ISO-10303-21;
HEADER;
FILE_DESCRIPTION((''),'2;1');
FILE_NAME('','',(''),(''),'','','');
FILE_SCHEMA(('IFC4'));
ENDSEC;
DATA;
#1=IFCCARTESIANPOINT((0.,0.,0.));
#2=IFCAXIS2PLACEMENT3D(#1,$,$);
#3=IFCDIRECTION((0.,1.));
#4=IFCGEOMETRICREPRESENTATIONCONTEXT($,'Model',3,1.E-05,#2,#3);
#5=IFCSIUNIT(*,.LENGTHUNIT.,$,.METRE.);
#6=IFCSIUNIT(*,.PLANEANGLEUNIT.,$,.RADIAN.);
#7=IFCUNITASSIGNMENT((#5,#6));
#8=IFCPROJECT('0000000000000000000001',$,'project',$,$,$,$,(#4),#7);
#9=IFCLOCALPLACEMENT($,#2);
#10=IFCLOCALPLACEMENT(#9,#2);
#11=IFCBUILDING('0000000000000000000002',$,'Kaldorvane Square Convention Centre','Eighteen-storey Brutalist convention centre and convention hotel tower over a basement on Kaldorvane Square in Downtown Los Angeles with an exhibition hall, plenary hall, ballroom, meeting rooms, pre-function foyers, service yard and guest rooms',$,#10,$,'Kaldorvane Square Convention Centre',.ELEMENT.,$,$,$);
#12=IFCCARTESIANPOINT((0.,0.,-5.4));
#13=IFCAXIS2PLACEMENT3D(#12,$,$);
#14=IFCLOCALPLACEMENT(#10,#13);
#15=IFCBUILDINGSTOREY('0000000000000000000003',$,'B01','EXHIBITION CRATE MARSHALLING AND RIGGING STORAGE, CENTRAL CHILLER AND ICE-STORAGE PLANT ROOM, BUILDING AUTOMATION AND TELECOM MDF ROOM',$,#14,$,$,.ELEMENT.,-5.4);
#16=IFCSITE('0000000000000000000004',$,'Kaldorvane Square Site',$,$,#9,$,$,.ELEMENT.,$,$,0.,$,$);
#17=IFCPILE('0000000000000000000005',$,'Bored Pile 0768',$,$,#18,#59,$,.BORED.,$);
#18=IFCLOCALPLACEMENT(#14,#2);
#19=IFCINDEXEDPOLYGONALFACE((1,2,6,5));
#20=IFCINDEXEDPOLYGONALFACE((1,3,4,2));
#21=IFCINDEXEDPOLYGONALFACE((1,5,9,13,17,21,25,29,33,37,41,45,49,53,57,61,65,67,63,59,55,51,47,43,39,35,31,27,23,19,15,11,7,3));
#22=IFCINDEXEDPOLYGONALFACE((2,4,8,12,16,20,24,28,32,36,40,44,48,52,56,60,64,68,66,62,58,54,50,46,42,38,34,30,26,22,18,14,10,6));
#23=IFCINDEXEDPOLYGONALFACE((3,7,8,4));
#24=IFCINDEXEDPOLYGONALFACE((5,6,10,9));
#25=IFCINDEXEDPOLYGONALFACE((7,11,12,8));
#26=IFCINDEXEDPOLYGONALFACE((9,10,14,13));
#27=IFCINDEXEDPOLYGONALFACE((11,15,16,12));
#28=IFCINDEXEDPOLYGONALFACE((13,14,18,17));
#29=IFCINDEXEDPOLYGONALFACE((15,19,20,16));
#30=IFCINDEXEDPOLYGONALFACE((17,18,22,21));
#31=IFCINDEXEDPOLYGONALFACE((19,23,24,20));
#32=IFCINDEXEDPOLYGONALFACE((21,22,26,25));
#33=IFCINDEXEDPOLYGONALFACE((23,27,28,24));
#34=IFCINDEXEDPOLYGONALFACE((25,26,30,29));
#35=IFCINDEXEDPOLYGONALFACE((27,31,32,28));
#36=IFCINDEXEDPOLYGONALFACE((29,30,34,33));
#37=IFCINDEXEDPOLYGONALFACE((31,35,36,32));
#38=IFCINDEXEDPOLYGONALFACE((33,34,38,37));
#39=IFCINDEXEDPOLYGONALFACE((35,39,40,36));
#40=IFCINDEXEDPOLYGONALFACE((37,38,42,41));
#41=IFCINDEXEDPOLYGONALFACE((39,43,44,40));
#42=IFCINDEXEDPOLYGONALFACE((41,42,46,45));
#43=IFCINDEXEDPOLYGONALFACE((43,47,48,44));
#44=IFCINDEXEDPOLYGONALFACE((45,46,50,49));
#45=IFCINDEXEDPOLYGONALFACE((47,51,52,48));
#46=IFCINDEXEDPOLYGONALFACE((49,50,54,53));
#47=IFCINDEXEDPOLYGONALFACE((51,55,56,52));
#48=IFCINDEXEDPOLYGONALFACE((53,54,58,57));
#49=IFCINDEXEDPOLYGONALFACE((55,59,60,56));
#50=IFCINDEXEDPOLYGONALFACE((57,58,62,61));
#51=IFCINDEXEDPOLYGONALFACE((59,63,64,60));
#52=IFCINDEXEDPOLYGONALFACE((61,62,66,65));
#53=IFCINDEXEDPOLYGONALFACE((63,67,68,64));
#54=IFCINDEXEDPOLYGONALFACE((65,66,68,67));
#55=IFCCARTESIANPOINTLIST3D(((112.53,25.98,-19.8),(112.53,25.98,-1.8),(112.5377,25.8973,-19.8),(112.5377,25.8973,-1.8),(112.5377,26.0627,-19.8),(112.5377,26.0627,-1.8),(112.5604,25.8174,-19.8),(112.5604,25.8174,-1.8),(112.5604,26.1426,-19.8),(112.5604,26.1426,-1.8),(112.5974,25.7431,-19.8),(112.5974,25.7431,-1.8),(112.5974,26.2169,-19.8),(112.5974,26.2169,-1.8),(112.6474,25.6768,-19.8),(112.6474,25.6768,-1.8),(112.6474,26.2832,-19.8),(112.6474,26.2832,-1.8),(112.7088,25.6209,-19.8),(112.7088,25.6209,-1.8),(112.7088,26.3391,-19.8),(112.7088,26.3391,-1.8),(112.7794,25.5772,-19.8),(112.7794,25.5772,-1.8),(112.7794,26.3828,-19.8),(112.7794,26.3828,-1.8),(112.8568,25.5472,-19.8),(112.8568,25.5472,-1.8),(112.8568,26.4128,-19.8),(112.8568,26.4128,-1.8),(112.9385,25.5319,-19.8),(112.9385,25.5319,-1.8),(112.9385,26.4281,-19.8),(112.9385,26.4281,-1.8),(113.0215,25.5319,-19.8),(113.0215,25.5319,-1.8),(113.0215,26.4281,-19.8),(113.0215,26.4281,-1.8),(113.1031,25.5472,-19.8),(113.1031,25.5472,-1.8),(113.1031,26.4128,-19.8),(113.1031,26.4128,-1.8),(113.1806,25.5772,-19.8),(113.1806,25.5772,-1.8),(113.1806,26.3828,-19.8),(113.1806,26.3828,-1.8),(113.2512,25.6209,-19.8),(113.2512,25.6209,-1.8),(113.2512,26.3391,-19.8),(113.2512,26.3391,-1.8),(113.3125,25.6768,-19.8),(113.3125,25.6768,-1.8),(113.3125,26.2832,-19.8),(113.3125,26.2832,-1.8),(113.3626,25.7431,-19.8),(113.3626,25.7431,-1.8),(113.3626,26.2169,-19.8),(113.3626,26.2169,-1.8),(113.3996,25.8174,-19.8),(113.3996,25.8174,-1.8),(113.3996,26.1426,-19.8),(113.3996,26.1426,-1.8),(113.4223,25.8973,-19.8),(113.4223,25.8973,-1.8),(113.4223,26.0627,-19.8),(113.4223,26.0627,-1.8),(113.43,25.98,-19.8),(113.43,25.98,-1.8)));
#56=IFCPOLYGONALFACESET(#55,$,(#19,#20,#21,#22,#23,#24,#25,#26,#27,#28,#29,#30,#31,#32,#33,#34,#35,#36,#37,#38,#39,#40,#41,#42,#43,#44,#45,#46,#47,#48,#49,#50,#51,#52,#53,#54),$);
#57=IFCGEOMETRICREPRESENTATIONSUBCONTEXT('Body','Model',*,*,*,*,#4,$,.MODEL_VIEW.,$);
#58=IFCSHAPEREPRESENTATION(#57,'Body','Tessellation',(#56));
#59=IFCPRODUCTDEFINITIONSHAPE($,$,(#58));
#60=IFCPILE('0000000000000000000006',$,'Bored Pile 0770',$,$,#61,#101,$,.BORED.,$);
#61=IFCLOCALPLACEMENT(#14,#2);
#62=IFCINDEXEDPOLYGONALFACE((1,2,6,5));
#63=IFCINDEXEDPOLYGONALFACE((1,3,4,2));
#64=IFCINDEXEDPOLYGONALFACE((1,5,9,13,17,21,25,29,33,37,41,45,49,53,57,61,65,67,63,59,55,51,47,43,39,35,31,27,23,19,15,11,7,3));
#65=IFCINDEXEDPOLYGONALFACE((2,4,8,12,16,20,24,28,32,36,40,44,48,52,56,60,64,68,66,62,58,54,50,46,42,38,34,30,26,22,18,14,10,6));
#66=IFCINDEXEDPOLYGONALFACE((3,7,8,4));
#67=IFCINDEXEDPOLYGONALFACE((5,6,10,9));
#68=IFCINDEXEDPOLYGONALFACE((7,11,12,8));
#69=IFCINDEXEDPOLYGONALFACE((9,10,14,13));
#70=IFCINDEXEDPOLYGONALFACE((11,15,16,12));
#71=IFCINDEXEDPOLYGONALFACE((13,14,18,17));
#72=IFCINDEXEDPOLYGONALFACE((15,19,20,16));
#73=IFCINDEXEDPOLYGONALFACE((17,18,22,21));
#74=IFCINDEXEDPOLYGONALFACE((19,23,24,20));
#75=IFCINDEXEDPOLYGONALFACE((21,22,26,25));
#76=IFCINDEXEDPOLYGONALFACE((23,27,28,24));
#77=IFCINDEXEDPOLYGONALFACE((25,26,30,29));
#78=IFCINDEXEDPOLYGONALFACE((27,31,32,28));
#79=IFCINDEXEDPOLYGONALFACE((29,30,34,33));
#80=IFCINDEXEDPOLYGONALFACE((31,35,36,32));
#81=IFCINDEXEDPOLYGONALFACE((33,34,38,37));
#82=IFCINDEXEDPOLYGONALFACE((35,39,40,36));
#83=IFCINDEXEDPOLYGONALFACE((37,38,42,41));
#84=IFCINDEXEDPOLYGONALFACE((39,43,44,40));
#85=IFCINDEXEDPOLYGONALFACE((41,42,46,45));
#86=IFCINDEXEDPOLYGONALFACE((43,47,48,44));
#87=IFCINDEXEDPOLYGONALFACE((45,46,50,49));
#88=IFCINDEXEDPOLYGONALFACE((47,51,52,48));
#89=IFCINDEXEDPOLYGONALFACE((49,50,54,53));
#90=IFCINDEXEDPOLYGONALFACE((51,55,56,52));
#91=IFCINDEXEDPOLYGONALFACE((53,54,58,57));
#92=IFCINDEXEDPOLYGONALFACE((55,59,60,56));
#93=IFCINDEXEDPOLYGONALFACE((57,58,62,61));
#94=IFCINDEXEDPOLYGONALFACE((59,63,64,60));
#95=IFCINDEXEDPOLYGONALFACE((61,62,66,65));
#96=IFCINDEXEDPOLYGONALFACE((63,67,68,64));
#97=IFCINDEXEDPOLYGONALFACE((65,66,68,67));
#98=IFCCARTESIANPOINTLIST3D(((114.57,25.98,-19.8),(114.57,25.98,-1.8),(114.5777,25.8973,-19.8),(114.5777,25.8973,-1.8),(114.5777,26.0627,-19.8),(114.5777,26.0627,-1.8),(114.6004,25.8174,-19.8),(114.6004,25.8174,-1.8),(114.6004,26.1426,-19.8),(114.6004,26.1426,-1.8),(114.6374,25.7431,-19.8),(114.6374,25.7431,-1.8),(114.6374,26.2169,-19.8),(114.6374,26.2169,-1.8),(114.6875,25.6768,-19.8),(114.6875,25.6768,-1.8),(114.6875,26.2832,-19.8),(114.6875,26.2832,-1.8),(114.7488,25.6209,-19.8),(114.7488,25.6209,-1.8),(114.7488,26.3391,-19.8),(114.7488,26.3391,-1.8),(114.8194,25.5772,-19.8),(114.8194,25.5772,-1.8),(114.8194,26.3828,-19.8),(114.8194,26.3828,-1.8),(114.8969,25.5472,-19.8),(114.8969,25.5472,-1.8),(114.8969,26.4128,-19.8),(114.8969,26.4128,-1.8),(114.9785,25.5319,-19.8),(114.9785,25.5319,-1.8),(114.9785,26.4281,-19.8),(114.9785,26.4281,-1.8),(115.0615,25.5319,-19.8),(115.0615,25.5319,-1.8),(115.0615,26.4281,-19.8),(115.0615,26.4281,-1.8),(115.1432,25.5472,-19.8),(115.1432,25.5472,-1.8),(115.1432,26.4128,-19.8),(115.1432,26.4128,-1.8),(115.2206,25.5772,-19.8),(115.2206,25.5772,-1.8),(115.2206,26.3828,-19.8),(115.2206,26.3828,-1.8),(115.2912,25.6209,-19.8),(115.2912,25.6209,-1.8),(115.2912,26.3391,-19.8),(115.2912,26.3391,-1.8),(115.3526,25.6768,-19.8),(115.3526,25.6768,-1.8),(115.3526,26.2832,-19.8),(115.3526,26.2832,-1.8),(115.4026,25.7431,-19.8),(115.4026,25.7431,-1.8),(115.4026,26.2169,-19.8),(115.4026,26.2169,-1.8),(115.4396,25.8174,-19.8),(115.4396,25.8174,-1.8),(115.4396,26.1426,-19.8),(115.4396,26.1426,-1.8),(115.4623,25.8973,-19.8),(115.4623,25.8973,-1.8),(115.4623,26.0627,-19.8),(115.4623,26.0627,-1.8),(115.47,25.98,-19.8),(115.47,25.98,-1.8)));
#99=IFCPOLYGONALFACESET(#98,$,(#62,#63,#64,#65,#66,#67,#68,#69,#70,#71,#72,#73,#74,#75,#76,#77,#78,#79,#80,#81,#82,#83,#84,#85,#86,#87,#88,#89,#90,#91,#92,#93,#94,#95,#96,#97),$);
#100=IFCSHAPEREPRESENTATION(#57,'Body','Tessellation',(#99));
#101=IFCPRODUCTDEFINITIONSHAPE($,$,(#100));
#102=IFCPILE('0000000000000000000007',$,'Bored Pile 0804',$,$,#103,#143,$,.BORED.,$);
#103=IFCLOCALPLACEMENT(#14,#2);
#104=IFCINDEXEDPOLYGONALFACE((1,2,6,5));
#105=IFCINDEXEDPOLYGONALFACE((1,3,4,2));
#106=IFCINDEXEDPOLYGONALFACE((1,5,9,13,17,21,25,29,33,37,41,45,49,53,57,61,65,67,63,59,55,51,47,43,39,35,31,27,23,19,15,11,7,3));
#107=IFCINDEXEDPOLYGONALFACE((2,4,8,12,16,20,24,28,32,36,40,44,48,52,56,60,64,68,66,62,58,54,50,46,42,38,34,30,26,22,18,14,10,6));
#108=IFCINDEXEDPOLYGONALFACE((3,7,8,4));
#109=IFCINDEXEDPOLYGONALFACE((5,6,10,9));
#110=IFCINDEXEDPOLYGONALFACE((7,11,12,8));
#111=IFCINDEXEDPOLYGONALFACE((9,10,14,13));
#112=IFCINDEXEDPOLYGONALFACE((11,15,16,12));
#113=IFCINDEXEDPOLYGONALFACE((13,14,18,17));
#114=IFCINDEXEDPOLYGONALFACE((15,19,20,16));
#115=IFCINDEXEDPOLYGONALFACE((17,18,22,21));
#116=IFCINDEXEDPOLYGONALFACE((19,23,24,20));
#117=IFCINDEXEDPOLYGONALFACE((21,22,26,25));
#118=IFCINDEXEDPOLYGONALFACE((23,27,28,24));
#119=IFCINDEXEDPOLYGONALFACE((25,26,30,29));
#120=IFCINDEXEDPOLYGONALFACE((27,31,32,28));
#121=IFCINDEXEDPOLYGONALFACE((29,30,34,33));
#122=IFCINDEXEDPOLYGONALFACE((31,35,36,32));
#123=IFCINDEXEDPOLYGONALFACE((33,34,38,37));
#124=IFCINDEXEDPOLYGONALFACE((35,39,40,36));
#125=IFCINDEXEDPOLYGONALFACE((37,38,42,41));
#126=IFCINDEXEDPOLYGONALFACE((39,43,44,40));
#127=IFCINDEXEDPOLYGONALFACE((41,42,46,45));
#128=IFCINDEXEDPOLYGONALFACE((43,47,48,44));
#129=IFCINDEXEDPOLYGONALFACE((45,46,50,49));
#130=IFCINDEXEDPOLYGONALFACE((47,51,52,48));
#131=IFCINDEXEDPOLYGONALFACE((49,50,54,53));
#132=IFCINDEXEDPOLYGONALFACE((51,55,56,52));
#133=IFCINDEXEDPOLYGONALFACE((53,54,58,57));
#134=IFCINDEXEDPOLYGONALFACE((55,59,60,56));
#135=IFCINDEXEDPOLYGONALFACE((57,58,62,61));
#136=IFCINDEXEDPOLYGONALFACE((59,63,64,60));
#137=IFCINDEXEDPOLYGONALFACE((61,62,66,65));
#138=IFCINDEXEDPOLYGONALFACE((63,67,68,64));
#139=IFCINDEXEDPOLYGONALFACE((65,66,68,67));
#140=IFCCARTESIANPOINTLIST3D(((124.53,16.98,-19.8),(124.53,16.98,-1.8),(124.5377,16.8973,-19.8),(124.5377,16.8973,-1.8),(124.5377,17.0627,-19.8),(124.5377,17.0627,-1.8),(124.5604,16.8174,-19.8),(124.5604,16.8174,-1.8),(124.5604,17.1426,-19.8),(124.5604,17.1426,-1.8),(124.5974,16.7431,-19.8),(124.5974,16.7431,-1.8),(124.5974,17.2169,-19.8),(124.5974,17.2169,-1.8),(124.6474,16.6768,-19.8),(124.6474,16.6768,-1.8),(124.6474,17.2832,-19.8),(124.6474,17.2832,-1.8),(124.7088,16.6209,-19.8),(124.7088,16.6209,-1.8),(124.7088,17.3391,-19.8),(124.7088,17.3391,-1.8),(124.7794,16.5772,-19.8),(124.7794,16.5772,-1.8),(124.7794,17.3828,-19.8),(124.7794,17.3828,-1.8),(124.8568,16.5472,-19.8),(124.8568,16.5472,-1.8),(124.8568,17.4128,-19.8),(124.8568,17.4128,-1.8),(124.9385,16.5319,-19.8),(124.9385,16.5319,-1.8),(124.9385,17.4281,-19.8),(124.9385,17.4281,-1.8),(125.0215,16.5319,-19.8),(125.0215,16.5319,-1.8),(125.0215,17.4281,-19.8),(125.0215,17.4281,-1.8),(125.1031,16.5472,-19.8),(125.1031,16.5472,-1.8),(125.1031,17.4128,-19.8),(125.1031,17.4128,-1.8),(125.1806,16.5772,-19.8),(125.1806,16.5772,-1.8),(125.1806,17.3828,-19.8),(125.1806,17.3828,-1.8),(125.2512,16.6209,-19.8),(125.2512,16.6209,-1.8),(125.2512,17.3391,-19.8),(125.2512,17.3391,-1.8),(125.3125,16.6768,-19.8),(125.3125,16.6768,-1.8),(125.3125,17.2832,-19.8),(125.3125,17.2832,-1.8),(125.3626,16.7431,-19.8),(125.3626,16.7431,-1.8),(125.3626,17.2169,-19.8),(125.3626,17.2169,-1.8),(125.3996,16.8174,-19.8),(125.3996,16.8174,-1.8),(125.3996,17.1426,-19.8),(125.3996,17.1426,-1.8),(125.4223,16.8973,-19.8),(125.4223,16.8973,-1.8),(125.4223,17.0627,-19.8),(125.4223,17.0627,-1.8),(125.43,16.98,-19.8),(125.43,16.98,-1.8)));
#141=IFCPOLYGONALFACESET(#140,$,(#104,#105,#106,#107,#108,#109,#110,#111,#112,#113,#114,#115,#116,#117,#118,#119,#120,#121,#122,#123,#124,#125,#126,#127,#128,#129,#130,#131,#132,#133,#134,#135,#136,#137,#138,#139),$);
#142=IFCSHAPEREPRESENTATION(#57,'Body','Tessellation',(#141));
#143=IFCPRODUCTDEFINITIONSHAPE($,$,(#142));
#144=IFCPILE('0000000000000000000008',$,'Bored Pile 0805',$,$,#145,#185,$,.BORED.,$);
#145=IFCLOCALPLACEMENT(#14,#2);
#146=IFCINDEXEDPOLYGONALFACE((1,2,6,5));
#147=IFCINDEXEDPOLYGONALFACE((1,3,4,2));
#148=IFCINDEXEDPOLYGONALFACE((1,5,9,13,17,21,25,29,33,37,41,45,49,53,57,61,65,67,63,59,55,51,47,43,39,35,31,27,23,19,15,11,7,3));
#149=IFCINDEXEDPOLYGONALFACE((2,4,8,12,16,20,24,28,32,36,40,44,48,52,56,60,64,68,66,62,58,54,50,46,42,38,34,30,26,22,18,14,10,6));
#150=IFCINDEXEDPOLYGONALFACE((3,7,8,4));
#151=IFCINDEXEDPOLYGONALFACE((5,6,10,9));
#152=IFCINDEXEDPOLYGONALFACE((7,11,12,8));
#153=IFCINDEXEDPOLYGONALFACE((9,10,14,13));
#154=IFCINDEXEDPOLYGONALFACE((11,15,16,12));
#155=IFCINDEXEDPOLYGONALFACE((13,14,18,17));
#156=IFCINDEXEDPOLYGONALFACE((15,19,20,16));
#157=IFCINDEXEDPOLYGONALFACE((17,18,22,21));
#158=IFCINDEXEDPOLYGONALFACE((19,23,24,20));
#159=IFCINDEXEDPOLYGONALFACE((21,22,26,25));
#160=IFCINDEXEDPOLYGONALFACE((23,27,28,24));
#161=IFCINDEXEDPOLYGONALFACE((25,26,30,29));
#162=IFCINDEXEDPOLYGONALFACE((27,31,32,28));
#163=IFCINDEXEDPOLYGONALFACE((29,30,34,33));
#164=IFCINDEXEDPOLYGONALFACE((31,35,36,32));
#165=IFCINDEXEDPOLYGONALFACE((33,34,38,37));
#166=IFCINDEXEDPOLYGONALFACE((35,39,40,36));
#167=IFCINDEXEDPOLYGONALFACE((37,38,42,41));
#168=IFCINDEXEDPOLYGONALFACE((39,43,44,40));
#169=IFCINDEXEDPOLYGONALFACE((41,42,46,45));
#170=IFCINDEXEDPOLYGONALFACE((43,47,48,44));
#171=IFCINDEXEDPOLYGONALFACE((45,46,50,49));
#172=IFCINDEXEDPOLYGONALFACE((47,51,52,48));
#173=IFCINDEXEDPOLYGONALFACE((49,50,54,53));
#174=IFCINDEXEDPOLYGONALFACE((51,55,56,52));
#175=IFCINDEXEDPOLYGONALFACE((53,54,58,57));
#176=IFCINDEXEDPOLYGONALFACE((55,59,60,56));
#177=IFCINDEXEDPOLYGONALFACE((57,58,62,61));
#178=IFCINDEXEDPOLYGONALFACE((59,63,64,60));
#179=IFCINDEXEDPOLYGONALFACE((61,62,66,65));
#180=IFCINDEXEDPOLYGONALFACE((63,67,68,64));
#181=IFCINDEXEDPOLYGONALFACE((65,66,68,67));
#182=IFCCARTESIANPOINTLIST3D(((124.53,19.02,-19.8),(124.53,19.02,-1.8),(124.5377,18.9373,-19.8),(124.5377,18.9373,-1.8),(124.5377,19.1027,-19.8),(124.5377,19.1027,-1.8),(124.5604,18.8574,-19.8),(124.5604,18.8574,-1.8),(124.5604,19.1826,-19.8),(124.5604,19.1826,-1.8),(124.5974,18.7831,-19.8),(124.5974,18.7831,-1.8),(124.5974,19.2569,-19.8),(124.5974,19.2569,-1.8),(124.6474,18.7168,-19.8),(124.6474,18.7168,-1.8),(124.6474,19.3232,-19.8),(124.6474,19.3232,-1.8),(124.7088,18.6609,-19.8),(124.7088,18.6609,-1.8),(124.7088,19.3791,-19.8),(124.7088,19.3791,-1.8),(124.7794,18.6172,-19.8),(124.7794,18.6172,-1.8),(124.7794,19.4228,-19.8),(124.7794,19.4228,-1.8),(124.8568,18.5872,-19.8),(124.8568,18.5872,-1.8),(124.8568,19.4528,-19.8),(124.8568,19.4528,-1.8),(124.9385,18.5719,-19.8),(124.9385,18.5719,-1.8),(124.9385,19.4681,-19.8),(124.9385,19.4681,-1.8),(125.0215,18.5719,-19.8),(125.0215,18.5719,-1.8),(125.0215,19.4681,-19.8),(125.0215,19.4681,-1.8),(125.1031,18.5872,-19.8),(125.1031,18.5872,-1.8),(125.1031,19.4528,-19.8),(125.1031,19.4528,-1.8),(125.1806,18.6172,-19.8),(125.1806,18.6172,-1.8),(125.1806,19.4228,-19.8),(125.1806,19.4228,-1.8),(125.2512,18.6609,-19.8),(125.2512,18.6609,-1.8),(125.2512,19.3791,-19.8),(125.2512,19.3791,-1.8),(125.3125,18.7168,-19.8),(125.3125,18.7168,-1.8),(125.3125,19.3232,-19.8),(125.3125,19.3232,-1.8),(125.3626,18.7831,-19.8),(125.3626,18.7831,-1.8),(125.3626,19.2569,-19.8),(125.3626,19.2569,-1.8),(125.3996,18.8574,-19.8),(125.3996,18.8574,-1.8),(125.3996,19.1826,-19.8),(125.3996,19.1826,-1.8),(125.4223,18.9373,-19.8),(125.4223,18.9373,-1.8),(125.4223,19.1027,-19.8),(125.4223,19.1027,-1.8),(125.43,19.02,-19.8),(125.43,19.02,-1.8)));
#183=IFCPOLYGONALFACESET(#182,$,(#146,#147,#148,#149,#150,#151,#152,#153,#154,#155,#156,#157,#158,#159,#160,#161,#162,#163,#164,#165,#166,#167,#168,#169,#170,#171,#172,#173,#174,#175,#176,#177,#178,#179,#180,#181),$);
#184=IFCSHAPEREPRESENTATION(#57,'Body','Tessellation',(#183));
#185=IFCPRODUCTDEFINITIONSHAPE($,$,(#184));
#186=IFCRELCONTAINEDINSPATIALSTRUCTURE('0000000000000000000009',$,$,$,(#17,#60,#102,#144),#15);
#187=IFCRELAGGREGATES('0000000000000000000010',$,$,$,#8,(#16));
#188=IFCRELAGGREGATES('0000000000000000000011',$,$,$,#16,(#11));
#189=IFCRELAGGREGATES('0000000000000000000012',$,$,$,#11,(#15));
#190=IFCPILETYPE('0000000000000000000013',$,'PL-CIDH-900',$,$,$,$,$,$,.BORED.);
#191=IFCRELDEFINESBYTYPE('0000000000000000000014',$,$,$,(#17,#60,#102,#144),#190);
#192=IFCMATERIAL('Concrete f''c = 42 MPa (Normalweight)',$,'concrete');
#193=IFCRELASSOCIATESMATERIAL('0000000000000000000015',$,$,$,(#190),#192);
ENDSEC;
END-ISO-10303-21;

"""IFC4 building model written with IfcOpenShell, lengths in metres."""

from ifc_helpers import new_model, si_unit, direction, frame, origin, origin_2d, place, context, subcontext, project, spatial, circle, extrude, material, material_profile, profile_set, type_object, element, save


model = new_model("IFC4")

# Units and contexts
model_context = context("Model", 3, precision=1e-05, world=origin(), true_north=direction((0.0, 1.0)))
body_context = subcontext(model_context, "Body", "Model", "MODEL_VIEW")
ifc_project = project(units=[si_unit("LENGTHUNIT", "METRE"), si_unit("PLANEANGLEUNIT", "RADIAN")], contexts=[model_context])

# Site, building, storey
site_placement = place(None, origin())
site = spatial("IfcSite", under=ifc_project, at=site_placement, Name="Kaldorvane Square Site", CompositionType="ELEMENT", RefElevation=0.0)
building_placement = place(site_placement, origin())
building = spatial("IfcBuilding", under=site, at=building_placement, Name="Kaldorvane Square Convention Centre", Description="Eighteen-storey Brutalist convention centre and convention hotel tower over a basement on Kaldorvane Square in Downtown Los Angeles with an exhibition hall, plenary hall, ballroom, meeting rooms, pre-function foyers, service yard and guest rooms", LongName="Kaldorvane Square Convention Centre", CompositionType="ELEMENT")
storey_placement = place(building_placement, frame((0.0, 0.0, -5.4)))
storey = spatial("IfcBuildingStorey", under=building, at=storey_placement, Name="B01", Description="EXHIBITION CRATE MARSHALLING AND RIGGING STORAGE, CENTRAL CHILLER AND ICE-STORAGE PLANT ROOM, BUILDING AUTOMATION AND TELECOM MDF ROOM", CompositionType="ELEMENT", Elevation=-5.4)

# Shared definitions
ifc_material_1 = material(Name="Concrete f'c = 42 MPa (Normalweight)", Category="concrete")

# Piles
ifc_material_profile_1 = material_profile(ifc_material_1, circle(Radius=0.45, at=origin_2d()), Name="PILE-D900")
ifc_profile_set_1 = profile_set([ifc_material_profile_1], Name="Concrete f'c = 42 MPa (Normalweight)")
pile_type_1 = type_object("IfcPileType", Name="PL-CIDH-900", PredefinedType="BORED", material=ifc_profile_set_1)
for number, where, z_axis, x_axis, name in (
    (1, (112.98, 25.98, -1.8), (0.0, 0.0, -1.0), (1.0, 0.0, 0.0), "Bored Pile 0768"),
    (2, (115.02, 25.98, -1.8), (0.0, 0.0, -1.0), (1.0, 0.0, 0.0), "Bored Pile 0770"),
    (3, (124.98, 16.98, -1.8), (0.0, 0.0, -1.0), (1.0, 0.0, 0.0), "Bored Pile 0804"),
    (4, (124.98, 19.02, -1.8), (0.0, 0.0, -1.0), (1.0, 0.0, 0.0), "Bored Pile 0805"),
):
    element("IfcPile", number, at=place(storey_placement, frame(where, z_axis=z_axis, x_axis=x_axis)), inside=storey, type_object=pile_type_1, Name=name, PredefinedType="BORED", context=body_context, shape_type="SweptSolid", body=[
        extrude(circle(Radius=0.45, at=origin_2d()), origin(), (0.0, 0.0, 1.0), 18.0),
    ])

save(model, "model.ifc")
